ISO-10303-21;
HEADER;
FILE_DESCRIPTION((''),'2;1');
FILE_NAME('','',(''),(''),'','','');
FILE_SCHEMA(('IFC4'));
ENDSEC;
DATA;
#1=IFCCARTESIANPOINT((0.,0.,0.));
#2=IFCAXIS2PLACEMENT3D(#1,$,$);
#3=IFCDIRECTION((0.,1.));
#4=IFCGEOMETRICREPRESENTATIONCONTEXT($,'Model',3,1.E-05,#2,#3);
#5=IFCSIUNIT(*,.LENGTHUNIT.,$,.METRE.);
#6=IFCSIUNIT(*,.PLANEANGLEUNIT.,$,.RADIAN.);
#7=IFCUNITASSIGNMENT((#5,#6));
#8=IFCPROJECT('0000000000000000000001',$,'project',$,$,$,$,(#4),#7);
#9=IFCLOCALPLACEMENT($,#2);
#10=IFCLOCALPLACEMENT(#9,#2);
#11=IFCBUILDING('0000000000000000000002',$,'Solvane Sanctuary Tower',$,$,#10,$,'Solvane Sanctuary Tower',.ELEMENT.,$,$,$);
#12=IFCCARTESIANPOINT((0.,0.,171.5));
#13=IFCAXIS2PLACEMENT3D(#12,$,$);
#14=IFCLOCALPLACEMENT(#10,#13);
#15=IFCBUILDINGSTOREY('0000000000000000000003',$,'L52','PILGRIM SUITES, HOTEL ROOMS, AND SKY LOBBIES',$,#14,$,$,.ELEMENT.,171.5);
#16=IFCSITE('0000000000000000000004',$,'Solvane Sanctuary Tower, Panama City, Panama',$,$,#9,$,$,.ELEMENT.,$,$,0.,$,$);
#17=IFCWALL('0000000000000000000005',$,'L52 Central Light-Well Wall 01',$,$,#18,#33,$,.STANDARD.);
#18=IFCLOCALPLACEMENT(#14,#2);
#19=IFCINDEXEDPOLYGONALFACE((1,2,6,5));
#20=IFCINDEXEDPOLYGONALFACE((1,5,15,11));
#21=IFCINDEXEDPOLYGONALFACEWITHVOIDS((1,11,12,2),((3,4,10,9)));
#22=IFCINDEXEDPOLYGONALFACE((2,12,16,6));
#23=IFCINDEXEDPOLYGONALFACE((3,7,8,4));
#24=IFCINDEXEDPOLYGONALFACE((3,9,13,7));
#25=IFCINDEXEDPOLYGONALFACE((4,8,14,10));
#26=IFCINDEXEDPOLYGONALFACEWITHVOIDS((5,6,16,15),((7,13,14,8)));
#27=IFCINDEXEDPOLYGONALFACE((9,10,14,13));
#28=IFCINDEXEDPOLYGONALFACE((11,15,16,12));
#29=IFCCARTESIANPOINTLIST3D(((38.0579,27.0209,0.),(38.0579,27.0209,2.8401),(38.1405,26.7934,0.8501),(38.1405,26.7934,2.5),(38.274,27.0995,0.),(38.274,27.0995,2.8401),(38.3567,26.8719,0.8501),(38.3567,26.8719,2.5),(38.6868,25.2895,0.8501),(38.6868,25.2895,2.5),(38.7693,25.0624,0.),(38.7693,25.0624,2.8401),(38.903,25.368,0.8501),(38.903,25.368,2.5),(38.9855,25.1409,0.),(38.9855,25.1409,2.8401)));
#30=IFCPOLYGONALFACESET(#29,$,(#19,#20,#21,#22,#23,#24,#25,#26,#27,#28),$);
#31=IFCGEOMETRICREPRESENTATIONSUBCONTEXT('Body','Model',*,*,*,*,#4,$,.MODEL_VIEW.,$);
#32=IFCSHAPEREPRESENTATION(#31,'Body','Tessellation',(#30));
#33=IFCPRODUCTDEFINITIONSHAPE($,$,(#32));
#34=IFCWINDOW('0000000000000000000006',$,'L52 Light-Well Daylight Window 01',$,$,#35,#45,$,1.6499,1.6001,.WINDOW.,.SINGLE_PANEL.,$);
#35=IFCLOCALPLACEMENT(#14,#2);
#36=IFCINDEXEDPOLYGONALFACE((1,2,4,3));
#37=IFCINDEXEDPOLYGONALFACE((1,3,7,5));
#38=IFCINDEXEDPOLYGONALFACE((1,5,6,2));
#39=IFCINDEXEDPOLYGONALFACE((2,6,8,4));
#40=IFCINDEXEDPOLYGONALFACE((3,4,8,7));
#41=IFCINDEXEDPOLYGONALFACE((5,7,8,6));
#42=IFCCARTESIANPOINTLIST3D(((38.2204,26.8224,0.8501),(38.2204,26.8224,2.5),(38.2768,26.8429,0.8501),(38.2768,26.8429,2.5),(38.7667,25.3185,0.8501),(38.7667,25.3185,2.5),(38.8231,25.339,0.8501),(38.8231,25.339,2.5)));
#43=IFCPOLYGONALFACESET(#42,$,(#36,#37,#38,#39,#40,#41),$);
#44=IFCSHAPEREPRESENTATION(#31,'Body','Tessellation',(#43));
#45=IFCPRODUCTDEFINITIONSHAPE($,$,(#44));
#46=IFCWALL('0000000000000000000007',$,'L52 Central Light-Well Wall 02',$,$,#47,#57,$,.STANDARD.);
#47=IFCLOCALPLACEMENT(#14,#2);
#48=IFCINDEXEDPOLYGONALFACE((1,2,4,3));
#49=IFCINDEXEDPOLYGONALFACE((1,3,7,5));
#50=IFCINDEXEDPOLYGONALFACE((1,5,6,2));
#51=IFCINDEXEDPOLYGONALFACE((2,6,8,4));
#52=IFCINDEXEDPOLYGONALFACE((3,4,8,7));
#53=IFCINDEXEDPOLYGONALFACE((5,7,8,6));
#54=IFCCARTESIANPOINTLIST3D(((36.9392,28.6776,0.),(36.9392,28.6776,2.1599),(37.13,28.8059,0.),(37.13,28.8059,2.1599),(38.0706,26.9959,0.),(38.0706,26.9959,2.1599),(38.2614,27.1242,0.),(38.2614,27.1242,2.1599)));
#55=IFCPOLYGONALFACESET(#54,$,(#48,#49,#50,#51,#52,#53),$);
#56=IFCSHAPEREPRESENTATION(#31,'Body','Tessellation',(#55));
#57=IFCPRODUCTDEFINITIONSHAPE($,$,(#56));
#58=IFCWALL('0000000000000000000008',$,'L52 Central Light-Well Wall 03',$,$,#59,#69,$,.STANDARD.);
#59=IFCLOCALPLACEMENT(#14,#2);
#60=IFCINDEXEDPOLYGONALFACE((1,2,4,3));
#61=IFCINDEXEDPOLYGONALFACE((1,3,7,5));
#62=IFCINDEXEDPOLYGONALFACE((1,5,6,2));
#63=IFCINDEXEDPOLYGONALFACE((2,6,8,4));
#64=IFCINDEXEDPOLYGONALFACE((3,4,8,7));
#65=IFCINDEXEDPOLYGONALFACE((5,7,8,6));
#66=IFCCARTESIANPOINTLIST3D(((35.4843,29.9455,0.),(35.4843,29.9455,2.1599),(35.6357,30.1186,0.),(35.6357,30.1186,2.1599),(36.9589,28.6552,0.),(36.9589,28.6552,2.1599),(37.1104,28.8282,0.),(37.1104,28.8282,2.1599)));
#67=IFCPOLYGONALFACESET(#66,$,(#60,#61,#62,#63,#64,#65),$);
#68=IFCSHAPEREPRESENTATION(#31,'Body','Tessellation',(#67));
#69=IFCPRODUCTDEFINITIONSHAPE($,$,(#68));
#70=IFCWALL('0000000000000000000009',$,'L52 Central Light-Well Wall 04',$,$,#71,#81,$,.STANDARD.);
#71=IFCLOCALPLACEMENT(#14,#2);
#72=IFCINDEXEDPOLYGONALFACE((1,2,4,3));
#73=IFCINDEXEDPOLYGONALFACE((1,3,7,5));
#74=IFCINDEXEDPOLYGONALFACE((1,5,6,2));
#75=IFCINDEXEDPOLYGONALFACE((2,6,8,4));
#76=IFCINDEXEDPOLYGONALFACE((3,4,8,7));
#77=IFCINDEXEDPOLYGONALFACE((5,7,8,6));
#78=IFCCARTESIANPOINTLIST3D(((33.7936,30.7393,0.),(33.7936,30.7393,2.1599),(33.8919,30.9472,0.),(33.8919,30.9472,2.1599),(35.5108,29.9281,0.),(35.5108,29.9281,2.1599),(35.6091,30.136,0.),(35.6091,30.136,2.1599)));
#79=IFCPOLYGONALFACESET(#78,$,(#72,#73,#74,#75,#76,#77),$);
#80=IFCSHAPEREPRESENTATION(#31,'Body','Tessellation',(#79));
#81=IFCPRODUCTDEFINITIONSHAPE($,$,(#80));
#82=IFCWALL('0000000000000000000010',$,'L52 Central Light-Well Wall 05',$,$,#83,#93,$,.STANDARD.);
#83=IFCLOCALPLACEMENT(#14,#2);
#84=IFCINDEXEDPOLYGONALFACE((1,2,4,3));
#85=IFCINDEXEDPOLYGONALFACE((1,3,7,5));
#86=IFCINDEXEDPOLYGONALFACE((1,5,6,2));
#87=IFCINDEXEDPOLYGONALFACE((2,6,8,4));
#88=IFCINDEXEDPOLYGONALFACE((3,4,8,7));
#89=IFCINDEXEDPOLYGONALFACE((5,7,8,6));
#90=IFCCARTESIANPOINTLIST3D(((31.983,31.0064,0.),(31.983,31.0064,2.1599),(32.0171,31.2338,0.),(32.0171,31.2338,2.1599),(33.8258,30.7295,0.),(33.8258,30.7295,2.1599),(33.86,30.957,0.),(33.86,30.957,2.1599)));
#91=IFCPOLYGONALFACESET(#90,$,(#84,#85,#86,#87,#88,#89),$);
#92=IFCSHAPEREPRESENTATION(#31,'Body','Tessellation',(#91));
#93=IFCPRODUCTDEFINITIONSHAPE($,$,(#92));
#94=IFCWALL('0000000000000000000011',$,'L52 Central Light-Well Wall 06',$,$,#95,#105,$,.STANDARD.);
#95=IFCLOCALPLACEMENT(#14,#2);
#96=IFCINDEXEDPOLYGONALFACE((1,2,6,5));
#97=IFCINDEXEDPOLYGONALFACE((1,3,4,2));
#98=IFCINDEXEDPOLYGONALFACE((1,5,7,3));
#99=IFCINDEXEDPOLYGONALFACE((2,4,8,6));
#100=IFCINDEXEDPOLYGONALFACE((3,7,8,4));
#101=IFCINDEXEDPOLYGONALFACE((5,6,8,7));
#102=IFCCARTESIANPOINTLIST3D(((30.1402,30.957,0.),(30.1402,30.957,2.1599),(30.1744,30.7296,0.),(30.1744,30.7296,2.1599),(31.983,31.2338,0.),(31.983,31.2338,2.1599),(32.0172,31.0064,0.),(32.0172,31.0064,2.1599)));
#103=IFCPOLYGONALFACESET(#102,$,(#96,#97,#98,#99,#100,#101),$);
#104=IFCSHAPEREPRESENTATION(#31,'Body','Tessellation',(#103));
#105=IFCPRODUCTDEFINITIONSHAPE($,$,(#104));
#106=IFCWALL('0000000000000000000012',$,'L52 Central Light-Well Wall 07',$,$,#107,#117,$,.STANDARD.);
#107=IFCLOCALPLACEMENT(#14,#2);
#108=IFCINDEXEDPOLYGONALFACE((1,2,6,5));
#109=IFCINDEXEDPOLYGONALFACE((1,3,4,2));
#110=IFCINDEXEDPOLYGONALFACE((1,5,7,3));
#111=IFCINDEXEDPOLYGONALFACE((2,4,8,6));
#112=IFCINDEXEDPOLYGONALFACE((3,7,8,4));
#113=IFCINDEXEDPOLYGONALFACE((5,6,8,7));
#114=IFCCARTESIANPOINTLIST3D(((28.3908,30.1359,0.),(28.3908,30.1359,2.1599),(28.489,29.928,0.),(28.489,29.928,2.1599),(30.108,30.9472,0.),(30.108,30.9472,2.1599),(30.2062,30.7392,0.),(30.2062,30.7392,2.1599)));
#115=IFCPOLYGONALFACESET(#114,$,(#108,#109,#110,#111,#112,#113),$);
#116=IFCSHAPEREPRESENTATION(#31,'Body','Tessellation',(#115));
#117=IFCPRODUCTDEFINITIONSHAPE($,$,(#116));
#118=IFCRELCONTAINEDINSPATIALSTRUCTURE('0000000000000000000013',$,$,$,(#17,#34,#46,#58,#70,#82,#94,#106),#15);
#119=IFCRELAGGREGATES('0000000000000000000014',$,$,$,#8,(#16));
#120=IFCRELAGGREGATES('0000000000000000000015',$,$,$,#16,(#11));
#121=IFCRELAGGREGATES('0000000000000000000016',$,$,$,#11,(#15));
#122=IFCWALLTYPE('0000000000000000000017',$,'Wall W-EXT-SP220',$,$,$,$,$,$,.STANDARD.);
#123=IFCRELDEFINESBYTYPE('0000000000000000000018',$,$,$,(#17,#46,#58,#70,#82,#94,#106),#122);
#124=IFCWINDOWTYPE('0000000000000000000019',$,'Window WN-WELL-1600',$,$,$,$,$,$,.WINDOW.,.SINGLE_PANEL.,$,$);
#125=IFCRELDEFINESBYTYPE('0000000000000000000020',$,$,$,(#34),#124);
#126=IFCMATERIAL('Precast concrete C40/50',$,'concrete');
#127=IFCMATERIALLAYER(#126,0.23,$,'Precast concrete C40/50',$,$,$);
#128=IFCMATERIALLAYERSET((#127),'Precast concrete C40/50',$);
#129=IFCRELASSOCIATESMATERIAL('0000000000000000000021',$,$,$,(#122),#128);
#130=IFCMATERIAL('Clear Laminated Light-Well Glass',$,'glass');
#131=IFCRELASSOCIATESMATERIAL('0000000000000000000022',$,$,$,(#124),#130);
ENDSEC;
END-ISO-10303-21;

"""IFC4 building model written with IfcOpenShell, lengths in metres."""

from ifc_helpers import new_model, si_unit, direction, frame, frame_2d, origin, place, context, subcontext, project, spatial, rectangle, extrude, material, layer, layer_set, type_object, element, fill, save


model = new_model("IFC4")

# Units and contexts
model_context = context("Model", 3, precision=1e-05, world=origin(), true_north=direction((0.0, 1.0)))
body_context = subcontext(model_context, "Body", "Model", "MODEL_VIEW")
ifc_project = project(units=[si_unit("LENGTHUNIT", "METRE"), si_unit("PLANEANGLEUNIT", "RADIAN")], contexts=[model_context])

# Site, building, storey
site_placement = place(None, origin())
site = spatial("IfcSite", under=ifc_project, at=site_placement, Name="Solvane Sanctuary Tower, Panama City, Panama", CompositionType="ELEMENT", RefElevation=0.0)
building_placement = place(site_placement, origin())
building = spatial("IfcBuilding", under=site, at=building_placement, Name="Solvane Sanctuary Tower", LongName="Solvane Sanctuary Tower", CompositionType="ELEMENT")
storey_placement = place(building_placement, frame((0.0, 0.0, 171.5)))
storey = spatial("IfcBuildingStorey", under=building, at=storey_placement, Name="L52", Description="PILGRIM SUITES, HOTEL ROOMS, AND SKY LOBBIES", CompositionType="ELEMENT", Elevation=171.5)

# Shared definitions
ifc_material_1 = material(Name="Precast concrete C40/50", Category="concrete")
ifc_layer_1 = layer(ifc_material_1, 0.23, Name="Precast concrete C40/50")
ifc_layer_set_1 = layer_set([ifc_layer_1], Name="Precast concrete C40/50")
wall_type_1 = type_object("IfcWallType", Name="Wall W-EXT-SP220", PredefinedType="STANDARD", material=ifc_layer_set_1)

# Wall, opening, window
wall_1_placement = place(storey_placement, frame((38.8774, 25.1016, 0.0), z_axis=(0.0, 0.0, 1.0), x_axis=(-0.341423, 0.93991, 0.0)))
wall_1 = element("IfcWall", 1, at=wall_1_placement, inside=storey, type_object=wall_type_1, Name="L52 Central Light-Well Wall 01", PredefinedType="STANDARD", context=body_context, shape_type="SweptSolid", body=[
    extrude(rectangle(XDim=2.0837, YDim=0.23, at=frame_2d((1.042, 0.0))), origin(), (0.0, 0.0, 1.0), 2.8401),
])
opening_1_placement = place(wall_1_placement, frame((0.2417, 0.0, 0.8501)))
opening_1 = element("IfcOpeningElement", 2, at=opening_1_placement, cuts=wall_1, PredefinedType="OPENING", context=body_context, shape_type="SweptSolid", body=[
    extrude(rectangle(XDim=1.6001, YDim=1.6499, at=frame_2d((0.8, 0.825))), frame((0.0, 0.125, 0.0), z_axis=(0.0, -1.0, 0.0), x_axis=(1.0, 0.0, 0.0)), (0.0, 0.0, 1.0), 0.25),
])
ifc_material_2 = material(Name="Clear Laminated Light-Well Glass", Category="glass")
window_type = type_object("IfcWindowType", Name="Window WN-WELL-1600", PartitioningType="SINGLE_PANEL", PredefinedType="WINDOW", material=ifc_material_2)
window_placement = place(opening_1_placement, origin())
window = element("IfcWindow", 3, at=window_placement, inside=storey, type_object=window_type, Name="L52 Light-Well Daylight Window 01", OverallHeight=1.6499, OverallWidth=1.6001, PartitioningType="SINGLE_PANEL", PredefinedType="WINDOW", context=body_context, shape_type="SweptSolid", body=[
    extrude(rectangle(XDim=1.6001, YDim=1.6499, at=frame_2d((0.8, 0.825))), frame((0.0, 0.03, 0.0), z_axis=(0.0, -1.0, 0.0), x_axis=(1.0, 0.0, 0.0)), (0.0, 0.0, 1.0), 0.0601),
])
fill(opening_1, window)

# Walls
wall_2_placement = place(storey_placement, frame((38.166, 27.0601, 0.0), z_axis=(0.0, 0.0, 1.0), x_axis=(-0.558198, 0.829708, 0.0)))
element("IfcWall", 4, at=wall_2_placement, inside=storey, type_object=wall_type_1, Name="L52 Central Light-Well Wall 02", PredefinedType="STANDARD", context=body_context, shape_type="SweptSolid", body=[
    extrude(rectangle(XDim=2.0269, YDim=0.23, at=frame_2d((1.0134, 0.0))), origin(), (0.0, 0.0, 1.0), 2.1599),
])
wall_3_placement = place(storey_placement, frame((37.0347, 28.7417, 0.0), z_axis=(0.0, 0.0, 1.0), x_axis=(-0.752577, 0.658505, 0.0)))
element("IfcWall", 5, at=wall_3_placement, inside=storey, type_object=wall_type_1, Name="L52 Central Light-Well Wall 03", PredefinedType="STANDARD", context=body_context, shape_type="SweptSolid", body=[
    extrude(rectangle(XDim=1.9595, YDim=0.23, at=frame_2d((0.9797, 0.0))), origin(), (0.0, 0.0, 1.0), 2.1599),
])
wall_4_placement = place(storey_placement, frame((35.5601, 30.032, 0.0), z_axis=(0.0, 0.0, 1.0), x_axis=(-0.90418, 0.427152, 0.0)))
element("IfcWall", 6, at=wall_4_placement, inside=storey, type_object=wall_type_1, Name="L52 Central Light-Well Wall 04", PredefinedType="STANDARD", context=body_context, shape_type="SweptSolid", body=[
    extrude(rectangle(XDim=1.8992, YDim=0.23, at=frame_2d((0.9497, 0.0))), origin(), (0.0, 0.0, 1.0), 2.1599),
])
for number, where, z_axis, x_axis, name in (
    (7, (33.8428, 30.8433, 0.0), (0.0, 0.0, 1.0), (-0.988902, 0.148571, 0.0), "L52 Central Light-Well Wall 05"),
    (8, (32.0, 31.1201, 0.0), (0.0, 0.0, 1.0), (-0.988902, -0.148571, 0.0), "L52 Central Light-Well Wall 06"),
):
    element("IfcWall", number, at=place(storey_placement, frame(where, z_axis=z_axis, x_axis=x_axis)), inside=storey, type_object=wall_type_1, Name=name, PredefinedType="STANDARD", context=body_context, shape_type="SweptSolid", body=[
        extrude(rectangle(XDim=1.8635, YDim=0.23, at=frame_2d((0.9316, 0.0))), origin(), (0.0, 0.0, 1.0), 2.1599),
    ])
wall_5_placement = place(storey_placement, frame((30.1572, 30.8433, 0.0), z_axis=(0.0, 0.0, 1.0), x_axis=(-0.90418, -0.427152, 0.0)))
element("IfcWall", 9, at=wall_5_placement, inside=storey, type_object=wall_type_1, Name="L52 Central Light-Well Wall 07", PredefinedType="STANDARD", context=body_context, shape_type="SweptSolid", body=[
    extrude(rectangle(XDim=1.8992, YDim=0.23, at=frame_2d((0.9497, 0.0))), origin(), (0.0, 0.0, 1.0), 2.1599),
])

save(model, "model.ifc")
